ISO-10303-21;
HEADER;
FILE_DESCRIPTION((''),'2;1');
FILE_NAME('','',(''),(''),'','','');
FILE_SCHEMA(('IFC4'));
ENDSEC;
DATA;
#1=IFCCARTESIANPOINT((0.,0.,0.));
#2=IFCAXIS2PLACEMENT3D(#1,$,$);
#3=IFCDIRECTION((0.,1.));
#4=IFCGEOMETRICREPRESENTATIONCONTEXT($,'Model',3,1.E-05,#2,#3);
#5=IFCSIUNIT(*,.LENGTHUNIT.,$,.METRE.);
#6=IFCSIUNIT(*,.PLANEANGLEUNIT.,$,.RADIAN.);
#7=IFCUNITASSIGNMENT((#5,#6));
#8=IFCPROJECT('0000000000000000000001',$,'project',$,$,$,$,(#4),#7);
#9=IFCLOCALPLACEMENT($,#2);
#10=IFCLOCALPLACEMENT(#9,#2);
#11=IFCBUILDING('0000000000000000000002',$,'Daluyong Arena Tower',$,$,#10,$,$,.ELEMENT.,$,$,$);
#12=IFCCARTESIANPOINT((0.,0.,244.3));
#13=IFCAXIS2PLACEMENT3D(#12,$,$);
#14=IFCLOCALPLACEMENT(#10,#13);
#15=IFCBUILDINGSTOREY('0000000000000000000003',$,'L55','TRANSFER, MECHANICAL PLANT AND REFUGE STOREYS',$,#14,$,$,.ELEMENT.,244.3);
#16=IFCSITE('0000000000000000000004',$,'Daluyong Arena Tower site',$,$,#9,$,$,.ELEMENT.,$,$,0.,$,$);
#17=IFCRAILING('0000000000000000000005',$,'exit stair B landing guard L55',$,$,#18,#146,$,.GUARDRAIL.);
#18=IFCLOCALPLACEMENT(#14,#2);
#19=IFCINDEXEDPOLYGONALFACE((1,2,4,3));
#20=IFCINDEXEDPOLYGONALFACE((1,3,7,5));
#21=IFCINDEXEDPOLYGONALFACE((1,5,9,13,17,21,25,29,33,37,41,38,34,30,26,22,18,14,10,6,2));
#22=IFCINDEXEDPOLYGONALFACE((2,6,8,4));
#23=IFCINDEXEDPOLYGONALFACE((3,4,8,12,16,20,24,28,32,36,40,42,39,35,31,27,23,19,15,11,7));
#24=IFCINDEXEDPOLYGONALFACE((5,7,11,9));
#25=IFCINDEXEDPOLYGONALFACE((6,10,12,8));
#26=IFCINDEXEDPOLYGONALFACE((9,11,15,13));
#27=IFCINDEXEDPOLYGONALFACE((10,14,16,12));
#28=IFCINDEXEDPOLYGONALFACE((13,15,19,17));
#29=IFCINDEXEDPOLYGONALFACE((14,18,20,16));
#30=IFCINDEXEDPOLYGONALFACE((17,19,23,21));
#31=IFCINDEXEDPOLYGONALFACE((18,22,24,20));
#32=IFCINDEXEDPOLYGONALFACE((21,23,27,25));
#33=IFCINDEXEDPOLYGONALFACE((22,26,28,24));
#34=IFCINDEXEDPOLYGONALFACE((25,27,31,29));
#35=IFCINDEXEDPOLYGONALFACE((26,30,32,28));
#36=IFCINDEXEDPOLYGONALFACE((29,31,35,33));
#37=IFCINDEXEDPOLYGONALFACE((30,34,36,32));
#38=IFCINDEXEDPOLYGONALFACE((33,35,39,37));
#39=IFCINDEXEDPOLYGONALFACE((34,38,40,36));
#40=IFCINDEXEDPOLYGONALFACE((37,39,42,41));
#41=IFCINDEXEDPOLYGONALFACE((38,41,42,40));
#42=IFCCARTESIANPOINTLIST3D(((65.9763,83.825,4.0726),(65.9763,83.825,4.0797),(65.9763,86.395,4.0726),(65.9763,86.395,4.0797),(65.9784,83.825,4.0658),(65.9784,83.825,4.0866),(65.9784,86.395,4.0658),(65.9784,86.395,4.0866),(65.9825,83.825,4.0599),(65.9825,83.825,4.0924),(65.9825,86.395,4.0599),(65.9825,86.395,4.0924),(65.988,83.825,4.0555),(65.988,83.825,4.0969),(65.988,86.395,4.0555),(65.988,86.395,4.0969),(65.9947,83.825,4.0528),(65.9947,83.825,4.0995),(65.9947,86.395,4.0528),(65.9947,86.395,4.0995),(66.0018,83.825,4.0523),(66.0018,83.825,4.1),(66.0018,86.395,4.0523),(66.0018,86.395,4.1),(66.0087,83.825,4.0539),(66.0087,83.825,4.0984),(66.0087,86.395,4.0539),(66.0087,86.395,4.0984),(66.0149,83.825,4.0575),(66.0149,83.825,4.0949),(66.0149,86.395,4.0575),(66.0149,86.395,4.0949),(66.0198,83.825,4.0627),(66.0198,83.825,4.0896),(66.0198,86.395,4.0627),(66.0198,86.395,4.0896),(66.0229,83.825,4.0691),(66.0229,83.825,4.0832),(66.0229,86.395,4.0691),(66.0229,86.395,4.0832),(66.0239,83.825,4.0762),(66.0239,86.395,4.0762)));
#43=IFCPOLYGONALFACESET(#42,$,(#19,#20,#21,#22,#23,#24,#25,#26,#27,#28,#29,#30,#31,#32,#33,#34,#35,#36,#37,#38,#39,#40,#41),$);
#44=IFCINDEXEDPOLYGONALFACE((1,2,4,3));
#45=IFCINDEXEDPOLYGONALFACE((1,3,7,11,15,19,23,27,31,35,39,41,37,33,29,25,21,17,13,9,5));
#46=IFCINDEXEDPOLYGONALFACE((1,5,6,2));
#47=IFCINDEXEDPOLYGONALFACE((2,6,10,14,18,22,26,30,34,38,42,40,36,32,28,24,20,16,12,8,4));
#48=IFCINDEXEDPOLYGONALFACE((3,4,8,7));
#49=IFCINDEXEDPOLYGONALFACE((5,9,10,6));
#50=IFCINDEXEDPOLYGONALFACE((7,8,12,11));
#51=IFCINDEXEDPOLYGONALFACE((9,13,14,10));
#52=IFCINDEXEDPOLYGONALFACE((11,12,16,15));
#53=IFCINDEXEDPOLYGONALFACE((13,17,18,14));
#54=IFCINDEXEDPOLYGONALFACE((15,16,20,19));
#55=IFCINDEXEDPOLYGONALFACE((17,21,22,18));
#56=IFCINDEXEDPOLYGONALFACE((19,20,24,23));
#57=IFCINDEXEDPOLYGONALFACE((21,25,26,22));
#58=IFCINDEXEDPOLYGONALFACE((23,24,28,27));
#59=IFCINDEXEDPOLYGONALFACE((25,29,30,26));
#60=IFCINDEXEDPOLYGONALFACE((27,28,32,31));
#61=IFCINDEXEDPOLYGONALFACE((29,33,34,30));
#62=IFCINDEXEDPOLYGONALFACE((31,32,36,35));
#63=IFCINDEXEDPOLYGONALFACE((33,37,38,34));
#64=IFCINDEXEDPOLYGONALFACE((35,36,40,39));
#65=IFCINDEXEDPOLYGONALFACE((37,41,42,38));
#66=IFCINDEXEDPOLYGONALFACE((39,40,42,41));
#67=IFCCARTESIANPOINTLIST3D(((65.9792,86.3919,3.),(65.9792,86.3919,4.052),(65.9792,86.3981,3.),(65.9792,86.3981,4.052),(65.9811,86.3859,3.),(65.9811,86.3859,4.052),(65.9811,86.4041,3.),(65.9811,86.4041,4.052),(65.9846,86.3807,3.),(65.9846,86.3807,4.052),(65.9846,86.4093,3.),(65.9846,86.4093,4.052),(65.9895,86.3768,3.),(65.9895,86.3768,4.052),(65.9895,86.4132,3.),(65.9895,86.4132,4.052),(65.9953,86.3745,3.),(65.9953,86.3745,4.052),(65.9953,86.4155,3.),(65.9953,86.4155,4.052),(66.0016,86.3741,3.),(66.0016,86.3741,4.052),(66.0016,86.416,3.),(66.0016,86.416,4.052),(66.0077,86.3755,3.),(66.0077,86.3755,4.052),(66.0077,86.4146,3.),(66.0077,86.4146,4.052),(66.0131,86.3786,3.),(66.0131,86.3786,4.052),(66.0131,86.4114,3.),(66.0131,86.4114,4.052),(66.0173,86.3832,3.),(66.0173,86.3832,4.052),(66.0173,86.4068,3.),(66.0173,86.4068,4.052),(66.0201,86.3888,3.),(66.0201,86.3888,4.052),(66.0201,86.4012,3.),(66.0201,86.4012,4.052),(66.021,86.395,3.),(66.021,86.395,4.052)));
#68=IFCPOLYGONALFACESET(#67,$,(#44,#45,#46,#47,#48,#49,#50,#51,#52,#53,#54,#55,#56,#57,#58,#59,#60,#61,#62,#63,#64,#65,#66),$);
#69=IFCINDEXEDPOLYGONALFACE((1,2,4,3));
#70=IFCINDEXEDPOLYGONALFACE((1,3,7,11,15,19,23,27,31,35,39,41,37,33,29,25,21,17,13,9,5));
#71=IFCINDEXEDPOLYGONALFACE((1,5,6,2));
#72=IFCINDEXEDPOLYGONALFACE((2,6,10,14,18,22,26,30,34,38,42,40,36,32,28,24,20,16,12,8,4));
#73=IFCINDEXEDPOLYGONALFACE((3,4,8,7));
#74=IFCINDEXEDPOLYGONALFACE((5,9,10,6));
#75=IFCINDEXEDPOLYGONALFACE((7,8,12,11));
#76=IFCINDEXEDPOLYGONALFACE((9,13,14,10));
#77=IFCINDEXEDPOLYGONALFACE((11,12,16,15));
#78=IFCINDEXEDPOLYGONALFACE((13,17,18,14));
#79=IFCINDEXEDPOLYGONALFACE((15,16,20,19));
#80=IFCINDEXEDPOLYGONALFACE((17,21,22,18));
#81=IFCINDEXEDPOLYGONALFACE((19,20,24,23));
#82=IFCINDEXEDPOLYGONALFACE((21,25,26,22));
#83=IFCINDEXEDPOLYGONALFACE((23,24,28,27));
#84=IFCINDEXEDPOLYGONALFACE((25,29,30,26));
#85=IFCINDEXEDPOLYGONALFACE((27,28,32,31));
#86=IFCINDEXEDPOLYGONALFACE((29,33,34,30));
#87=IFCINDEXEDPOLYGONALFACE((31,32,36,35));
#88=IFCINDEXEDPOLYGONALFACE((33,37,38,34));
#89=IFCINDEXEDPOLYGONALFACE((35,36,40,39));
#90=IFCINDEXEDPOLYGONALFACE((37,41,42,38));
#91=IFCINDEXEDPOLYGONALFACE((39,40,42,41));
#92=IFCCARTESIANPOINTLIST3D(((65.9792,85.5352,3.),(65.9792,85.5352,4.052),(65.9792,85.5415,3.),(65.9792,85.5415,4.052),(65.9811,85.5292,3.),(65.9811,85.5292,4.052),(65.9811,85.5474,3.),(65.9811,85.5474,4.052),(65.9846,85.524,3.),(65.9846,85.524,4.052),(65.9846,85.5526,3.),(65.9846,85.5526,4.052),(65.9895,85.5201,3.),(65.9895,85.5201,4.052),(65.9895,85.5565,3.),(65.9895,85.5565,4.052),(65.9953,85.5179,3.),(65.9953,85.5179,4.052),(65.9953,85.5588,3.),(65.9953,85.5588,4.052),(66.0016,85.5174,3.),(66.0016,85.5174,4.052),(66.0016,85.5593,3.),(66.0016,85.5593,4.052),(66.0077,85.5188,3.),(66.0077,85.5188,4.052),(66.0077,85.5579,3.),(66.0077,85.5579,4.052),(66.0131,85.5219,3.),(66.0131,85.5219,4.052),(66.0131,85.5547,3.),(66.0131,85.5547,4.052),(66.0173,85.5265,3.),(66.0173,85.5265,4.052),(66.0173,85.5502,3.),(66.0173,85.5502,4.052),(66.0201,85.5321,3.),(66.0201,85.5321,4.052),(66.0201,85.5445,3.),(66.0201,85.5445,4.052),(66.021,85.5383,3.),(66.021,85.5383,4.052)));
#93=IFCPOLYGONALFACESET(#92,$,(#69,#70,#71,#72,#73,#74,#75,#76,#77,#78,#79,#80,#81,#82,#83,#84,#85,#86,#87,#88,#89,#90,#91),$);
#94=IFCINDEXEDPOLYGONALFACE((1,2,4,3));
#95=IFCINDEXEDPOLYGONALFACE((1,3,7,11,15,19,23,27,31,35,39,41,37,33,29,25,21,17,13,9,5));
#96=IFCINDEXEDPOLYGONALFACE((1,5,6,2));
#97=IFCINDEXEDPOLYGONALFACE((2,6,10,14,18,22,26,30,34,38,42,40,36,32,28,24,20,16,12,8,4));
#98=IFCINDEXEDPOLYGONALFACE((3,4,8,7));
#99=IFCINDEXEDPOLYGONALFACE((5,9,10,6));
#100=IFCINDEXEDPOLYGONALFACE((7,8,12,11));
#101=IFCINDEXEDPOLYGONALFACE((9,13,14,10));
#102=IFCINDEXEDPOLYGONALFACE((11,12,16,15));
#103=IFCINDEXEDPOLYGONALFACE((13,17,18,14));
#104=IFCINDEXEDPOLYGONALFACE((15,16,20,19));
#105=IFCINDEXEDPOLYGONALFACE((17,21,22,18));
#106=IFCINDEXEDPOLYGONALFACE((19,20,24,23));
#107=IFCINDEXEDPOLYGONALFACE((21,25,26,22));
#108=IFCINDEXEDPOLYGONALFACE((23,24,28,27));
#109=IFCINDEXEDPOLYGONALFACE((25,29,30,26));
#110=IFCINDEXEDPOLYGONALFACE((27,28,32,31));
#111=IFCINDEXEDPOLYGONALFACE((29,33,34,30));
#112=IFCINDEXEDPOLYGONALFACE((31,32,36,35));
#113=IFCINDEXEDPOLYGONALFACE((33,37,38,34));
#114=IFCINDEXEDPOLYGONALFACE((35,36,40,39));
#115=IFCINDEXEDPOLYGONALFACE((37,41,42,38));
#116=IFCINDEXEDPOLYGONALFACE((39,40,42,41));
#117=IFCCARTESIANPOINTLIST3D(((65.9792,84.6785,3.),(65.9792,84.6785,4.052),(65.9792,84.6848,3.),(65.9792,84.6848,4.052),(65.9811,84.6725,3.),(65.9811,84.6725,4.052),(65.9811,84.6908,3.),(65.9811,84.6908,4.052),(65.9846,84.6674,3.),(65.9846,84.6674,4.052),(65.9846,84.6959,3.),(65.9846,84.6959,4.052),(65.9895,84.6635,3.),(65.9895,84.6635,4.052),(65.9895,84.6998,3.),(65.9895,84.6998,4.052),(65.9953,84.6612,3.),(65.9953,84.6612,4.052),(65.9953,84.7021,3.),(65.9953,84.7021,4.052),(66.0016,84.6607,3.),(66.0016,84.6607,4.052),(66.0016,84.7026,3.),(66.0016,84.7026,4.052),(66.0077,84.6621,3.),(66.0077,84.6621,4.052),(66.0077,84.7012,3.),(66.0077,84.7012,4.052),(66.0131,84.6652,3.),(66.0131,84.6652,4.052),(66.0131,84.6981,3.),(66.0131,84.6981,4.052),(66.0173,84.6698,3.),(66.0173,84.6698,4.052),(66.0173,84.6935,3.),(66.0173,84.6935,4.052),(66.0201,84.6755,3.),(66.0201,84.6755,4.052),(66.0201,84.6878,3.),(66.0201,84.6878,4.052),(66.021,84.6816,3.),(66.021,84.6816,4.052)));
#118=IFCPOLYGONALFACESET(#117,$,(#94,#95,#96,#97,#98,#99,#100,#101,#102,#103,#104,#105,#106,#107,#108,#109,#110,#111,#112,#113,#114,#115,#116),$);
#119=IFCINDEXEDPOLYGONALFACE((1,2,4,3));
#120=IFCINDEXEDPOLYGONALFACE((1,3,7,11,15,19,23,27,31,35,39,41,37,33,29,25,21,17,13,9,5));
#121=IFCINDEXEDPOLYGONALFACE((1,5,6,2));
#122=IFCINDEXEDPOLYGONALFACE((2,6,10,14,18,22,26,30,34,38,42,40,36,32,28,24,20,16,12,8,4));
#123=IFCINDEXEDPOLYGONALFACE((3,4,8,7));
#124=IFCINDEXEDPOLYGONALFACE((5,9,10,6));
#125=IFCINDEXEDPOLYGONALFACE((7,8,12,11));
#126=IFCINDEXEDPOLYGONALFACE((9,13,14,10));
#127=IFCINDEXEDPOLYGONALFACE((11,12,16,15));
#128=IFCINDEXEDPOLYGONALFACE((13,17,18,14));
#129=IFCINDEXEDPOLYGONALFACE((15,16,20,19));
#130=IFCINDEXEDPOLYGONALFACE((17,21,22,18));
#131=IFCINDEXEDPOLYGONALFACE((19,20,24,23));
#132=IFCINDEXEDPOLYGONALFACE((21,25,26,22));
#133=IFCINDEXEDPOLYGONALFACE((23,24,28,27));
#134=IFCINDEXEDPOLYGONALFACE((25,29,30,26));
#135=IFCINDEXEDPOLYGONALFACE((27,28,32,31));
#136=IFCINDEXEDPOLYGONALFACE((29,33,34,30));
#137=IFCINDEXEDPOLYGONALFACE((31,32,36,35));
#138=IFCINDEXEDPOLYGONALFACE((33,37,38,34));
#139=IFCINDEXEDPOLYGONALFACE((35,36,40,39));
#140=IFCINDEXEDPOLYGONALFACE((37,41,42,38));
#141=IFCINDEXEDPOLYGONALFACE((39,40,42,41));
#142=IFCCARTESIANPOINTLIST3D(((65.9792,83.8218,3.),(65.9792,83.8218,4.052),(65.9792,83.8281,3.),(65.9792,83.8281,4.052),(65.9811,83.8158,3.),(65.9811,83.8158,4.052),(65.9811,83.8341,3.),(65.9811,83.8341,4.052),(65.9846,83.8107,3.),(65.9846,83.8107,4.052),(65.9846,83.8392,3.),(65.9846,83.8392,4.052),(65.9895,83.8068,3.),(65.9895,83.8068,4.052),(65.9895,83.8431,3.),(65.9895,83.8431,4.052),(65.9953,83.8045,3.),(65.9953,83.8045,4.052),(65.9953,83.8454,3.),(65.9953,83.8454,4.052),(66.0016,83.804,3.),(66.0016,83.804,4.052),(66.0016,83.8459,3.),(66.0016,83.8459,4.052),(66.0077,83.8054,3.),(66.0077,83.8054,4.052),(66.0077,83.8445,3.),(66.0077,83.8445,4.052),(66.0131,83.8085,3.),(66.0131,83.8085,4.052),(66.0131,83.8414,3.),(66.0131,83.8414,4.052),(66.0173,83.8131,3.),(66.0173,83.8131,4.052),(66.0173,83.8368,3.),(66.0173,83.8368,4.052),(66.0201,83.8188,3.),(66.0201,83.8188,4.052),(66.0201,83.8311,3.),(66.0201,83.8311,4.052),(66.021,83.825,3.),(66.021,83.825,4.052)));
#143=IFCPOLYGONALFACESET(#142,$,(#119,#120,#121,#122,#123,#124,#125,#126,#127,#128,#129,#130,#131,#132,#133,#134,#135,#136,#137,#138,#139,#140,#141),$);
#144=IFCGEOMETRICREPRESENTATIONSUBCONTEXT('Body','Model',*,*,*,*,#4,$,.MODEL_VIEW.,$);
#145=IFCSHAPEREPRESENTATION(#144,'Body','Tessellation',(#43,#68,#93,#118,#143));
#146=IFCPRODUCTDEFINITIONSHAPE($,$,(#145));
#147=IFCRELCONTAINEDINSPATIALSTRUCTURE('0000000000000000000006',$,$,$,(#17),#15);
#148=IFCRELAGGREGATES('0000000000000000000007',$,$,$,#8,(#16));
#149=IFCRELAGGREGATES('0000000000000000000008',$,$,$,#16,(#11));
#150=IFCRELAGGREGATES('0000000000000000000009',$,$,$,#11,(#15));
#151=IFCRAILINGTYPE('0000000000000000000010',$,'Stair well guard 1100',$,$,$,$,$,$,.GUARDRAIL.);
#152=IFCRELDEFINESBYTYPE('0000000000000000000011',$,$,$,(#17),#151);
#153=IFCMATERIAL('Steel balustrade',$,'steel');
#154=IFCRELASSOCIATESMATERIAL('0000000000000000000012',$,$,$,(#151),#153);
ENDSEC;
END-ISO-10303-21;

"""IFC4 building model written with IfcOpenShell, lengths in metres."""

from ifc_helpers import new_model, si_unit, direction, frame, origin, origin_2d, place, context, subcontext, project, spatial, circle, extrude, material, type_object, element, save


model = new_model("IFC4")

# Units and contexts
model_context = context("Model", 3, precision=1e-05, world=origin(), true_north=direction((0.0, 1.0)))
body_context = subcontext(model_context, "Body", "Model", "MODEL_VIEW")
ifc_project = project(units=[si_unit("LENGTHUNIT", "METRE"), si_unit("PLANEANGLEUNIT", "RADIAN")], contexts=[model_context])

# Site, building, storey
site_placement = place(None, origin())
site = spatial("IfcSite", under=ifc_project, at=site_placement, Name="Daluyong Arena Tower site", CompositionType="ELEMENT", RefElevation=0.0)
building_placement = place(site_placement, origin())
building = spatial("IfcBuilding", under=site, at=building_placement, Name="Daluyong Arena Tower", CompositionType="ELEMENT")
storey_placement = place(building_placement, frame((0.0, 0.0, 244.3)))
storey = spatial("IfcBuildingStorey", under=building, at=storey_placement, Name="L55", Description="TRANSFER, MECHANICAL PLANT AND REFUGE STOREYS", CompositionType="ELEMENT", Elevation=244.3)

# Railing
ifc_material_1 = material(Name="Steel balustrade", Category="steel")
railing_type_1 = type_object("IfcRailingType", Name="Stair well guard 1100", PredefinedType="GUARDRAIL", material=ifc_material_1)
railing_placement = place(storey_placement, frame((66.0, 86.395, 3.0)))
element("IfcRailing", 1, at=railing_placement, inside=storey, type_object=railing_type_1, Name="exit stair B landing guard L55", PredefinedType="GUARDRAIL", context=body_context, shape_type="SweptSolid", body=[
    extrude(circle(Radius=0.0239, at=origin_2d()), frame((0.0, 0.0, 1.0762), z_axis=(0.0, -1.0, 0.0), x_axis=(1.0, 0.0, 0.0)), (0.0, 0.0, 1.0), 2.5701),
    extrude(circle(Radius=0.021, at=origin_2d()), origin(), (0.0, 0.0, 1.0), 1.052),
    extrude(circle(Radius=0.021, at=origin_2d()), frame((0.0, -0.8567, 0.0)), (0.0, 0.0, 1.0), 1.052),
    extrude(circle(Radius=0.021, at=origin_2d()), frame((0.0, -1.7134, 0.0)), (0.0, 0.0, 1.0), 1.052),
    extrude(circle(Radius=0.021, at=origin_2d()), frame((0.0, -2.5701, 0.0)), (0.0, 0.0, 1.0), 1.052),
])

save(model, "model.ifc")
